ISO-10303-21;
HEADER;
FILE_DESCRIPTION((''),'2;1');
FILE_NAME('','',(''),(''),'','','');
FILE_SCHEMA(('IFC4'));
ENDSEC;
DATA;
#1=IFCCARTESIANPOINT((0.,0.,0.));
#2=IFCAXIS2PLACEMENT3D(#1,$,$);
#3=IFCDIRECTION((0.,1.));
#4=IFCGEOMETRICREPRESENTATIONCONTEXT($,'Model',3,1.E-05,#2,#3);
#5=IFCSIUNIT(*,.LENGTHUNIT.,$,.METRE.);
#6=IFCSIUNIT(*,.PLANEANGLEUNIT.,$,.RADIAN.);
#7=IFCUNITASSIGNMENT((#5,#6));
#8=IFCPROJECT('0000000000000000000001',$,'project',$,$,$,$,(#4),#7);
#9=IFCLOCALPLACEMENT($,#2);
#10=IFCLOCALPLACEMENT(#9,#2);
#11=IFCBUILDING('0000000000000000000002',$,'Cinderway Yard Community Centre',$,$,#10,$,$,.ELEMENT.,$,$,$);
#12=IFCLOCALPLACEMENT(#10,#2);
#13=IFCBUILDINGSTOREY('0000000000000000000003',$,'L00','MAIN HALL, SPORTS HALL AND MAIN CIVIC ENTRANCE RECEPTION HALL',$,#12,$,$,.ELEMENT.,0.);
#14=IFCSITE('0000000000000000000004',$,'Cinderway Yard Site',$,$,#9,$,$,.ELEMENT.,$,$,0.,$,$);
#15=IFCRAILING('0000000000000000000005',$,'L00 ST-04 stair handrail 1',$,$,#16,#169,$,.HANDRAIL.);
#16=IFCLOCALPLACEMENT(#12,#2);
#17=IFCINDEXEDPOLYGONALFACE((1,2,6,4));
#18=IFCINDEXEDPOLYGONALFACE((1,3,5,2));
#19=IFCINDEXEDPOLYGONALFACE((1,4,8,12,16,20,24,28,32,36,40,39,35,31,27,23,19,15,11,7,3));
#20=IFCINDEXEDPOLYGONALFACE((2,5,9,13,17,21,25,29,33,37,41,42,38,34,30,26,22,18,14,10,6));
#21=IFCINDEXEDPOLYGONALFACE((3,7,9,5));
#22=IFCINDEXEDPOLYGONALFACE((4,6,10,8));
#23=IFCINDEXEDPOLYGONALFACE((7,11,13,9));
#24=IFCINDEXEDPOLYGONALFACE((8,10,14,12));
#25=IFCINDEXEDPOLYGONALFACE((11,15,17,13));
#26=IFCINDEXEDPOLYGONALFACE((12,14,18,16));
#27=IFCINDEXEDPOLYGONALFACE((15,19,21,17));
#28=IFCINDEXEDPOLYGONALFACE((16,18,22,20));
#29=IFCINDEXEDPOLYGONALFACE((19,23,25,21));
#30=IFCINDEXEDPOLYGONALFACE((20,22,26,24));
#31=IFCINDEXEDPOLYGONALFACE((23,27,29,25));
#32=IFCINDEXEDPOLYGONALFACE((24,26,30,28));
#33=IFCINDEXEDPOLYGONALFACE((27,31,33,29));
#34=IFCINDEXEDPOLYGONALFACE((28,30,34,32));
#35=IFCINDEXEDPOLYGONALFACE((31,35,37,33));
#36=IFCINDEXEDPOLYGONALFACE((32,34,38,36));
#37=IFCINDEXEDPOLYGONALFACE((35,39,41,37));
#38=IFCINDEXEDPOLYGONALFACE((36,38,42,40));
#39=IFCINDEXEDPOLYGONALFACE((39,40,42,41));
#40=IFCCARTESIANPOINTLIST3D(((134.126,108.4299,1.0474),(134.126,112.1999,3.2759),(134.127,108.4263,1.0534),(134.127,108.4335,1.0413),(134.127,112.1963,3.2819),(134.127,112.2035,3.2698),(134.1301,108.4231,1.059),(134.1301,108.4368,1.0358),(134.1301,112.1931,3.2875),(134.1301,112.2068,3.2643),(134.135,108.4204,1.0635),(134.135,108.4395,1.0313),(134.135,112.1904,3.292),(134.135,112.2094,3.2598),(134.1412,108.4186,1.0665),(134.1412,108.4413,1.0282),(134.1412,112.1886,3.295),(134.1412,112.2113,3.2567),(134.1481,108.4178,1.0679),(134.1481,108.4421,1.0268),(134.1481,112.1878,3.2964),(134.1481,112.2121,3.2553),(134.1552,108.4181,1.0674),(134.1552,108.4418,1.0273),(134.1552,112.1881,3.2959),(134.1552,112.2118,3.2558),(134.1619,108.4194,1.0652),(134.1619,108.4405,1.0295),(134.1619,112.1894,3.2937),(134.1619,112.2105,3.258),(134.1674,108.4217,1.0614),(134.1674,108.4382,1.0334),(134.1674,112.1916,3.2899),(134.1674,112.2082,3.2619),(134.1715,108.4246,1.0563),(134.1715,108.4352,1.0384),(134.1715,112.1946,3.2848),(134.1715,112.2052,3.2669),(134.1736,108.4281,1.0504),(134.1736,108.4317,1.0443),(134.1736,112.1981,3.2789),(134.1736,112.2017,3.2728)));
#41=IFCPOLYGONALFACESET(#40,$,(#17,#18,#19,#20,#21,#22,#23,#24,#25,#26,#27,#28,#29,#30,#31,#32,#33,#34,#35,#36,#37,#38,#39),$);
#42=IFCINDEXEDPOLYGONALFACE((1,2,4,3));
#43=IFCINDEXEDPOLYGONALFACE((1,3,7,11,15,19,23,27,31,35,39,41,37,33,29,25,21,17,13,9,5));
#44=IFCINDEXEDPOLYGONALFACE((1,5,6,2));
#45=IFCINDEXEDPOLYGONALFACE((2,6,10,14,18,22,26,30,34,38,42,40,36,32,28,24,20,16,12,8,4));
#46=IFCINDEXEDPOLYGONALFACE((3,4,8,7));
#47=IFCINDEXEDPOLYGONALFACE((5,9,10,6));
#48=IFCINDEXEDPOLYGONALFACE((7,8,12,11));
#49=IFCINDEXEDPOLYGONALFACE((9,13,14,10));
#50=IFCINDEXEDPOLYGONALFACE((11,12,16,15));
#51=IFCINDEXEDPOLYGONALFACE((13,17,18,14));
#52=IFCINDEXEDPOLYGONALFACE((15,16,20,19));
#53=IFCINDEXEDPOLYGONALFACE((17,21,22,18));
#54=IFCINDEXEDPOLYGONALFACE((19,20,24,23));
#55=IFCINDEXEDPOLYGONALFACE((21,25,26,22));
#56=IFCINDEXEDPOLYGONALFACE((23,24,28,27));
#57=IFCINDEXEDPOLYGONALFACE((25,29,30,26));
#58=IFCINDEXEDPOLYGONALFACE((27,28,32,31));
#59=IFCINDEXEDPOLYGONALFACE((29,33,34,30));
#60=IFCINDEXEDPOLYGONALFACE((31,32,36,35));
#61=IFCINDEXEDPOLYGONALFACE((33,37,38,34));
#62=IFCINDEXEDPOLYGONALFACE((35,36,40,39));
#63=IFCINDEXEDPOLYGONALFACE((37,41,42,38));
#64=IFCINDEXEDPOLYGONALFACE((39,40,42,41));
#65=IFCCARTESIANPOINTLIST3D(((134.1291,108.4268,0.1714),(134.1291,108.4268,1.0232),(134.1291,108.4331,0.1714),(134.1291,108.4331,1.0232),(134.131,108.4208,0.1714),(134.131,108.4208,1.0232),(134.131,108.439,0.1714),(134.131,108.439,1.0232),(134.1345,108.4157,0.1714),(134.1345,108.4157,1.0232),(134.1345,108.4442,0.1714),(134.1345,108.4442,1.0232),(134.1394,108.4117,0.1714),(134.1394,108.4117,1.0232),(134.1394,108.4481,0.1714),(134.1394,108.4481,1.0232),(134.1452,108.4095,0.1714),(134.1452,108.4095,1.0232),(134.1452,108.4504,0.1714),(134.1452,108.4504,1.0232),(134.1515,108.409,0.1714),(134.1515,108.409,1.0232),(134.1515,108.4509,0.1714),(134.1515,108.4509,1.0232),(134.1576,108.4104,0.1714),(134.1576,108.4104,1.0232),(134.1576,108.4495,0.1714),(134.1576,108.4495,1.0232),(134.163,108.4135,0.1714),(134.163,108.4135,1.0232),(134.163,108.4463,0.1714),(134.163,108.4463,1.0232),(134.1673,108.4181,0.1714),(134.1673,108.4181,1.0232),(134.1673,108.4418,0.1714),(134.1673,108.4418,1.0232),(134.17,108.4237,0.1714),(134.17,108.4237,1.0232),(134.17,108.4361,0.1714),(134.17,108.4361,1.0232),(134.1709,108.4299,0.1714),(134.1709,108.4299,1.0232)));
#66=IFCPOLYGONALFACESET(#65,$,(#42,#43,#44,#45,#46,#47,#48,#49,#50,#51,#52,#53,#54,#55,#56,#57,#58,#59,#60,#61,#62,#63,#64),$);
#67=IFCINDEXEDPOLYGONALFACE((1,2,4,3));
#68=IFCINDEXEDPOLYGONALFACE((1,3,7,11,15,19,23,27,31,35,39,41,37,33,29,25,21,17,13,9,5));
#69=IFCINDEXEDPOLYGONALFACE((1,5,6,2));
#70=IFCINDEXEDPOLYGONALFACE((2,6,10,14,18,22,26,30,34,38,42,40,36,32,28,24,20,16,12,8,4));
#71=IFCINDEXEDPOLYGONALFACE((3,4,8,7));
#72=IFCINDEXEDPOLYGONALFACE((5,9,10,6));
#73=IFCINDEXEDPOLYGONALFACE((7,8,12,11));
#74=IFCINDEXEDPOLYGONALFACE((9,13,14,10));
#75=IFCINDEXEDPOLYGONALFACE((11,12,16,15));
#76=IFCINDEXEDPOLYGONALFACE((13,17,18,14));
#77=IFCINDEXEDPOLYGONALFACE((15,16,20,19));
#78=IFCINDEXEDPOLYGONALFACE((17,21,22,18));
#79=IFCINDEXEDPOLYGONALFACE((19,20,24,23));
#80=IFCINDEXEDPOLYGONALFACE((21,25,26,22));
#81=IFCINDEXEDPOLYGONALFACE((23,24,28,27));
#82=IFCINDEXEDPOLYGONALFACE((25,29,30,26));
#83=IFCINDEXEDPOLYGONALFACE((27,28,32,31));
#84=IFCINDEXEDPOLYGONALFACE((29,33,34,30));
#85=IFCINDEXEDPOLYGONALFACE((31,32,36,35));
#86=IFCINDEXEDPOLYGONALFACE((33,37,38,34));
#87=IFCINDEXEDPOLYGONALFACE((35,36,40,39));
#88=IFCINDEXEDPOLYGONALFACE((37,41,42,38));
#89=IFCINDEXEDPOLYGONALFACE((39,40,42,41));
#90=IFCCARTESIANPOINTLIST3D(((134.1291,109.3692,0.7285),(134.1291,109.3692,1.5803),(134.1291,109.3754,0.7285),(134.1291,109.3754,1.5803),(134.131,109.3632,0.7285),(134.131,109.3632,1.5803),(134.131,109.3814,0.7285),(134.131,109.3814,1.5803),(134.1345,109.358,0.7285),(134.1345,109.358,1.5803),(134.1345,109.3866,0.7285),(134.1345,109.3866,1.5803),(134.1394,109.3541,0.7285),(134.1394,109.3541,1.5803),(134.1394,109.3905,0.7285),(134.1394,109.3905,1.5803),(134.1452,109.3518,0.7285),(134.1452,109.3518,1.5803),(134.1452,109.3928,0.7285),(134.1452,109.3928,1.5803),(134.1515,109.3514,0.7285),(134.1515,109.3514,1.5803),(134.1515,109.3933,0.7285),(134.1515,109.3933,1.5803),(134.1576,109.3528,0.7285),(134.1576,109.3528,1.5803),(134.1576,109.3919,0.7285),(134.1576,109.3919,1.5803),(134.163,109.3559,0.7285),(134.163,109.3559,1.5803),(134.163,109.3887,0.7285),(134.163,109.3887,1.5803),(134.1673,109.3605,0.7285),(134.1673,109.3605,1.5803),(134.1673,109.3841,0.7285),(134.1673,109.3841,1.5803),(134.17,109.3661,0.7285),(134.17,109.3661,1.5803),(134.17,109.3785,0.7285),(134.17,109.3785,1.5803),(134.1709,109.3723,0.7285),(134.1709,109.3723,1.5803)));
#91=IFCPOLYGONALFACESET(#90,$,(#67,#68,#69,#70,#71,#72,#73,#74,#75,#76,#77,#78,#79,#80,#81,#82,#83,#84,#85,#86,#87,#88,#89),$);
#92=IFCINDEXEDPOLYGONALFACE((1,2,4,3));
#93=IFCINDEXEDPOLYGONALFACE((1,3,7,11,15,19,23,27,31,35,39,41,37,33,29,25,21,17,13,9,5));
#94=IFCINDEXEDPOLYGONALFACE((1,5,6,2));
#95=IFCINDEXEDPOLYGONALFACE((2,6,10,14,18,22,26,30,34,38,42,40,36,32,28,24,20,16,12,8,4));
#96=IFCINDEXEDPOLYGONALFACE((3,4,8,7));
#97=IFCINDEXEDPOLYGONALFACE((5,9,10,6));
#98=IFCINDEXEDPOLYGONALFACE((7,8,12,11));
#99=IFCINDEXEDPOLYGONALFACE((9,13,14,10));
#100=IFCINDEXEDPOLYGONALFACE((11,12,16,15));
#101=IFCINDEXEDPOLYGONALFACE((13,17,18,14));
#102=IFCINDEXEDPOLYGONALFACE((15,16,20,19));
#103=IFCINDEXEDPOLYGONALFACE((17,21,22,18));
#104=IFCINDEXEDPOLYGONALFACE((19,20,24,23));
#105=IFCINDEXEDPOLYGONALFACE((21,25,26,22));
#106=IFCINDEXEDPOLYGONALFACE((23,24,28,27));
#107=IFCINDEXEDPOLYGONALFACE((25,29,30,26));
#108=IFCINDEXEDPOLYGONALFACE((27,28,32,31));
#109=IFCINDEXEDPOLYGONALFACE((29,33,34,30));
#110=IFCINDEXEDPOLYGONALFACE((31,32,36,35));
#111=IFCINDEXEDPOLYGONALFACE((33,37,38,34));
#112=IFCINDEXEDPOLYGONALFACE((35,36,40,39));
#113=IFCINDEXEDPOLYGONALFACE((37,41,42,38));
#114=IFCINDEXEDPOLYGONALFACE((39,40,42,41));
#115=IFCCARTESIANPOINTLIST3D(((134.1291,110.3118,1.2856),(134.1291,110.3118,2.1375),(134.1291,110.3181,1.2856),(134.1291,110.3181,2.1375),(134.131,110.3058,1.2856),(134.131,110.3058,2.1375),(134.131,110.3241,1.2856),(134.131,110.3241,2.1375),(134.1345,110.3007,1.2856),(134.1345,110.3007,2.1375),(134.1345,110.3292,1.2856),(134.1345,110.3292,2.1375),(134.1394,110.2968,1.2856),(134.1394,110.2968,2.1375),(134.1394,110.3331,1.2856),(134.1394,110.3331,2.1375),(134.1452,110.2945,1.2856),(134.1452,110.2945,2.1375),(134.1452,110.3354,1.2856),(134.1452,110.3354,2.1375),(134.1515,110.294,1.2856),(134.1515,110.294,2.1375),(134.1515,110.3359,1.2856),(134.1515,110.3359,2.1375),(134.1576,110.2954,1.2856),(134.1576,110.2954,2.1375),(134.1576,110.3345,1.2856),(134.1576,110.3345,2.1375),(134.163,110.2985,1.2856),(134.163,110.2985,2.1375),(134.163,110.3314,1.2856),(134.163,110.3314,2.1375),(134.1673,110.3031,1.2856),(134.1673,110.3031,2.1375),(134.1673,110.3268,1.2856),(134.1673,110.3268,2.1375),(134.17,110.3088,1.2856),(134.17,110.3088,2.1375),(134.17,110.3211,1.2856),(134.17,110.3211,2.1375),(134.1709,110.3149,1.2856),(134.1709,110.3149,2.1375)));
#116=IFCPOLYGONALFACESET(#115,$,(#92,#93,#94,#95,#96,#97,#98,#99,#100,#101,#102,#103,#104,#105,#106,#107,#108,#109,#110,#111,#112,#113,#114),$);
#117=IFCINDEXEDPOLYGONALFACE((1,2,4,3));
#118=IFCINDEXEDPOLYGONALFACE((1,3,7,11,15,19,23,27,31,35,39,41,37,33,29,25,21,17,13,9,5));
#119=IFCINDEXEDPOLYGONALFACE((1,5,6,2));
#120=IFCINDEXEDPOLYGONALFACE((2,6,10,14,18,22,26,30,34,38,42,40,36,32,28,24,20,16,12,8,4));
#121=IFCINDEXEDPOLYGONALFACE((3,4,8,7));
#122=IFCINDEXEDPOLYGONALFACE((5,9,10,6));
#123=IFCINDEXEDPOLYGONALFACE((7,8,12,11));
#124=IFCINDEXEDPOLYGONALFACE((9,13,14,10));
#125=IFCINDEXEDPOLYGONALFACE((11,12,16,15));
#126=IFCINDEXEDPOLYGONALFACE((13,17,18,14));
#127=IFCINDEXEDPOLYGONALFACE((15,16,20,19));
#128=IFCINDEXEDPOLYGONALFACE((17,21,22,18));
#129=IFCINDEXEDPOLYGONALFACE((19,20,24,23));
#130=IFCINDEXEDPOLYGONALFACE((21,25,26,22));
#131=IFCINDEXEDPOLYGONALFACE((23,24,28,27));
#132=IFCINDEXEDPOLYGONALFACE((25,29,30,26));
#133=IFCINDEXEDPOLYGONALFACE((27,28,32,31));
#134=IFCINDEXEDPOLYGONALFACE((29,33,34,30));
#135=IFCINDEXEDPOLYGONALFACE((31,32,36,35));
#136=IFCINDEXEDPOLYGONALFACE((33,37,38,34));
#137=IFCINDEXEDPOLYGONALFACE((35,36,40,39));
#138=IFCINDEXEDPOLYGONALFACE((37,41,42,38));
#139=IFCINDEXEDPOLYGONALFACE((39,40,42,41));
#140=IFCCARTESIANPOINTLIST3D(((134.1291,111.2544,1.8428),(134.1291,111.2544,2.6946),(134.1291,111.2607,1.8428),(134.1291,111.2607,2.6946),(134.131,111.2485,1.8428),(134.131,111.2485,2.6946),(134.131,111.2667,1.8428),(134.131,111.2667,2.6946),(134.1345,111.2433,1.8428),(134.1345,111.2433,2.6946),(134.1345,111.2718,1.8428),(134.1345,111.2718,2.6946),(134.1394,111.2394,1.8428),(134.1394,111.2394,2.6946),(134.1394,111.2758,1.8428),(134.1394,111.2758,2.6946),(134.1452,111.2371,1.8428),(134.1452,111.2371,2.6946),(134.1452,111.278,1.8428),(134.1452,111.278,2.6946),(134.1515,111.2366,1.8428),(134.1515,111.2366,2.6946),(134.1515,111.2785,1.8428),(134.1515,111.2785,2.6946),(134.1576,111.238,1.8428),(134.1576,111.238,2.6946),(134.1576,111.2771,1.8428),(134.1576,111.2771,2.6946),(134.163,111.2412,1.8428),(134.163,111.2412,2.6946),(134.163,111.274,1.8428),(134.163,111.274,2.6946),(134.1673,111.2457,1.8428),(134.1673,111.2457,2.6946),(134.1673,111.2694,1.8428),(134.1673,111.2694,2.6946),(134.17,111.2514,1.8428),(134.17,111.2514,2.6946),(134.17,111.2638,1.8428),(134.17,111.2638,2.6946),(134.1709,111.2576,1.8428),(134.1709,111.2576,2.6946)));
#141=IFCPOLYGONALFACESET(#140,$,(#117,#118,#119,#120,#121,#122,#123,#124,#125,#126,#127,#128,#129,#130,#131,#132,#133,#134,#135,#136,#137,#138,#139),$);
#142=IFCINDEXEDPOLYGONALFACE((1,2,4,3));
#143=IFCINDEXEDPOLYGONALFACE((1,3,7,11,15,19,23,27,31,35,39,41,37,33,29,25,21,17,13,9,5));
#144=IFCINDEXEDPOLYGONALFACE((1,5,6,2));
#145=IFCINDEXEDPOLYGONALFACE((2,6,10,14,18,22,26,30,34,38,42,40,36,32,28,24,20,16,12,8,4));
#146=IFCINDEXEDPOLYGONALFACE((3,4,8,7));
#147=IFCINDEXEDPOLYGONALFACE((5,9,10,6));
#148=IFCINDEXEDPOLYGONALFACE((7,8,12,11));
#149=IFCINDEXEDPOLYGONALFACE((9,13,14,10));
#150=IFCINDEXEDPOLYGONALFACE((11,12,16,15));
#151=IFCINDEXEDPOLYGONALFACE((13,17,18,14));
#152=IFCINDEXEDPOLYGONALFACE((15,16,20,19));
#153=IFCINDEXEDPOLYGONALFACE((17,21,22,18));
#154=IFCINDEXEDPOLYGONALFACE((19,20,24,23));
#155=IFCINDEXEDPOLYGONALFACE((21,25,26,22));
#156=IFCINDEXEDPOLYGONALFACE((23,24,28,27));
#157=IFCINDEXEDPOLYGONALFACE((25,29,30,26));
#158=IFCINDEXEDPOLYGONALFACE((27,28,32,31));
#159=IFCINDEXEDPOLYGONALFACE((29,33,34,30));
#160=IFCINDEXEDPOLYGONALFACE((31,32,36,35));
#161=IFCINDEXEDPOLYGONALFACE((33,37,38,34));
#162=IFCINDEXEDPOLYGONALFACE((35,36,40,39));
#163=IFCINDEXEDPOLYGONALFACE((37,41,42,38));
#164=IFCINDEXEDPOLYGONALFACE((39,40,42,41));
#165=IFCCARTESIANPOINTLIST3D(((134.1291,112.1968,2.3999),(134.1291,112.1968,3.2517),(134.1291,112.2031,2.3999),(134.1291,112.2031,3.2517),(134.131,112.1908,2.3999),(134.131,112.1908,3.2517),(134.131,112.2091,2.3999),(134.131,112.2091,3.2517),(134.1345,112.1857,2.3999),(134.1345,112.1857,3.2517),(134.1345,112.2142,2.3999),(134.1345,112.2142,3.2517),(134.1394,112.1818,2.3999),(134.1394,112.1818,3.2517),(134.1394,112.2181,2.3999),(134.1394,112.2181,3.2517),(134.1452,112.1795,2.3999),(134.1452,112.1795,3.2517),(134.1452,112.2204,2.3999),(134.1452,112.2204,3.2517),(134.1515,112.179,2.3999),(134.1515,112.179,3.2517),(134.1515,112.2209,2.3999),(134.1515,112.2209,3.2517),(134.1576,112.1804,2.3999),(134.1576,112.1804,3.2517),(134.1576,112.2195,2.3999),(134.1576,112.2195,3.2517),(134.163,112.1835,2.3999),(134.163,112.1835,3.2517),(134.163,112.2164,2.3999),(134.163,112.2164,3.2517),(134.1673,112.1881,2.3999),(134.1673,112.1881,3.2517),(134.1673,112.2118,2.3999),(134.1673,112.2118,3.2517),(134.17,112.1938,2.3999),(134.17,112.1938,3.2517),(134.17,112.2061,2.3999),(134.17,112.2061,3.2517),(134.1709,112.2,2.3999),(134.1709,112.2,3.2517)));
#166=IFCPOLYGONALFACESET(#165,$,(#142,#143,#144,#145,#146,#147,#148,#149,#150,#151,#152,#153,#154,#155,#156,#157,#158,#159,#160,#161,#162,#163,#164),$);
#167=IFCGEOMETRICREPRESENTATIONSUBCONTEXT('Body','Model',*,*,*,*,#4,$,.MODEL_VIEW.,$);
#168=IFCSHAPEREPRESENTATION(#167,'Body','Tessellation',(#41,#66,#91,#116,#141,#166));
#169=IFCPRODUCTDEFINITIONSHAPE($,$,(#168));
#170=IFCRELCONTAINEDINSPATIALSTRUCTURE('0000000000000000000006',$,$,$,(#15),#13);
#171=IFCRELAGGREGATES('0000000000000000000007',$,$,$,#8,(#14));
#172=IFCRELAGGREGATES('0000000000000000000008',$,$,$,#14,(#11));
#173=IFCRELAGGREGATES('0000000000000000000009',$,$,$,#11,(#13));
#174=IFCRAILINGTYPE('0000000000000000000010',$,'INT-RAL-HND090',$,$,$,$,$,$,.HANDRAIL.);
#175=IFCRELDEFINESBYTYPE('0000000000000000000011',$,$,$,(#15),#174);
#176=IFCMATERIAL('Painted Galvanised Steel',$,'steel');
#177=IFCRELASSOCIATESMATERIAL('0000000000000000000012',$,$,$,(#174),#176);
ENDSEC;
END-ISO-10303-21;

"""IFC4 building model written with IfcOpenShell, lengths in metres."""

from ifc_helpers import new_model, si_unit, direction, frame, origin, origin_2d, place, context, subcontext, project, spatial, circle, extrude, material, type_object, element, save


model = new_model("IFC4")

# Units and contexts
model_context = context("Model", 3, precision=1e-05, world=origin(), true_north=direction((0.0, 1.0)))
body_context = subcontext(model_context, "Body", "Model", "MODEL_VIEW")
ifc_project = project(units=[si_unit("LENGTHUNIT", "METRE"), si_unit("PLANEANGLEUNIT", "RADIAN")], contexts=[model_context])

# Site, building, storey
site_placement = place(None, origin())
site = spatial("IfcSite", under=ifc_project, at=site_placement, Name="Cinderway Yard Site", CompositionType="ELEMENT", RefElevation=0.0)
building_placement = place(site_placement, origin())
building = spatial("IfcBuilding", under=site, at=building_placement, Name="Cinderway Yard Community Centre", CompositionType="ELEMENT")
storey_placement = place(building_placement, origin())
storey = spatial("IfcBuildingStorey", under=building, at=storey_placement, Name="L00", Description="MAIN HALL, SPORTS HALL AND MAIN CIVIC ENTRANCE RECEPTION HALL", CompositionType="ELEMENT", Elevation=0.0)

# Shared definitions
ifc_material_1 = material(Name="Painted Galvanised Steel", Category="steel")

# Railing
railing_type_1 = type_object("IfcRailingType", Name="INT-RAL-HND090", PredefinedType="HANDRAIL", material=ifc_material_1)
railing_1_placement = place(storey_placement, frame((134.1499, 108.4299, 0.1714)))
element("IfcRailing", 1, at=railing_1_placement, inside=storey, type_object=railing_type_1, Name="L00 ST-04 stair handrail 1", PredefinedType="HANDRAIL", context=body_context, shape_type="SweptSolid", body=[
    extrude(circle(Radius=0.0239, at=origin_2d()), frame((0.0, 0.0, 0.876), z_axis=(0.0, 0.860849, 0.508861), x_axis=(-1.0, 0.0, 0.0)), (0.0, 0.0, 1.0), 4.3794),
    extrude(circle(Radius=0.021, at=origin_2d()), origin(), (0.0, 0.0, 1.0), 0.8518),
    extrude(circle(Radius=0.021, at=origin_2d()), frame((0.0, 0.9424, 0.5571)), (0.0, 0.0, 1.0), 0.8518),
    extrude(circle(Radius=0.021, at=origin_2d()), frame((0.0, 1.885, 1.1143)), (0.0, 0.0, 1.0), 0.8518),
    extrude(circle(Radius=0.021, at=origin_2d()), frame((0.0, 2.8276, 1.6714)), (0.0, 0.0, 1.0), 0.8518),
    extrude(circle(Radius=0.021, at=origin_2d()), frame((0.0, 3.77, 2.2285)), (0.0, 0.0, 1.0), 0.8518),
])

save(model, "model.ifc")
